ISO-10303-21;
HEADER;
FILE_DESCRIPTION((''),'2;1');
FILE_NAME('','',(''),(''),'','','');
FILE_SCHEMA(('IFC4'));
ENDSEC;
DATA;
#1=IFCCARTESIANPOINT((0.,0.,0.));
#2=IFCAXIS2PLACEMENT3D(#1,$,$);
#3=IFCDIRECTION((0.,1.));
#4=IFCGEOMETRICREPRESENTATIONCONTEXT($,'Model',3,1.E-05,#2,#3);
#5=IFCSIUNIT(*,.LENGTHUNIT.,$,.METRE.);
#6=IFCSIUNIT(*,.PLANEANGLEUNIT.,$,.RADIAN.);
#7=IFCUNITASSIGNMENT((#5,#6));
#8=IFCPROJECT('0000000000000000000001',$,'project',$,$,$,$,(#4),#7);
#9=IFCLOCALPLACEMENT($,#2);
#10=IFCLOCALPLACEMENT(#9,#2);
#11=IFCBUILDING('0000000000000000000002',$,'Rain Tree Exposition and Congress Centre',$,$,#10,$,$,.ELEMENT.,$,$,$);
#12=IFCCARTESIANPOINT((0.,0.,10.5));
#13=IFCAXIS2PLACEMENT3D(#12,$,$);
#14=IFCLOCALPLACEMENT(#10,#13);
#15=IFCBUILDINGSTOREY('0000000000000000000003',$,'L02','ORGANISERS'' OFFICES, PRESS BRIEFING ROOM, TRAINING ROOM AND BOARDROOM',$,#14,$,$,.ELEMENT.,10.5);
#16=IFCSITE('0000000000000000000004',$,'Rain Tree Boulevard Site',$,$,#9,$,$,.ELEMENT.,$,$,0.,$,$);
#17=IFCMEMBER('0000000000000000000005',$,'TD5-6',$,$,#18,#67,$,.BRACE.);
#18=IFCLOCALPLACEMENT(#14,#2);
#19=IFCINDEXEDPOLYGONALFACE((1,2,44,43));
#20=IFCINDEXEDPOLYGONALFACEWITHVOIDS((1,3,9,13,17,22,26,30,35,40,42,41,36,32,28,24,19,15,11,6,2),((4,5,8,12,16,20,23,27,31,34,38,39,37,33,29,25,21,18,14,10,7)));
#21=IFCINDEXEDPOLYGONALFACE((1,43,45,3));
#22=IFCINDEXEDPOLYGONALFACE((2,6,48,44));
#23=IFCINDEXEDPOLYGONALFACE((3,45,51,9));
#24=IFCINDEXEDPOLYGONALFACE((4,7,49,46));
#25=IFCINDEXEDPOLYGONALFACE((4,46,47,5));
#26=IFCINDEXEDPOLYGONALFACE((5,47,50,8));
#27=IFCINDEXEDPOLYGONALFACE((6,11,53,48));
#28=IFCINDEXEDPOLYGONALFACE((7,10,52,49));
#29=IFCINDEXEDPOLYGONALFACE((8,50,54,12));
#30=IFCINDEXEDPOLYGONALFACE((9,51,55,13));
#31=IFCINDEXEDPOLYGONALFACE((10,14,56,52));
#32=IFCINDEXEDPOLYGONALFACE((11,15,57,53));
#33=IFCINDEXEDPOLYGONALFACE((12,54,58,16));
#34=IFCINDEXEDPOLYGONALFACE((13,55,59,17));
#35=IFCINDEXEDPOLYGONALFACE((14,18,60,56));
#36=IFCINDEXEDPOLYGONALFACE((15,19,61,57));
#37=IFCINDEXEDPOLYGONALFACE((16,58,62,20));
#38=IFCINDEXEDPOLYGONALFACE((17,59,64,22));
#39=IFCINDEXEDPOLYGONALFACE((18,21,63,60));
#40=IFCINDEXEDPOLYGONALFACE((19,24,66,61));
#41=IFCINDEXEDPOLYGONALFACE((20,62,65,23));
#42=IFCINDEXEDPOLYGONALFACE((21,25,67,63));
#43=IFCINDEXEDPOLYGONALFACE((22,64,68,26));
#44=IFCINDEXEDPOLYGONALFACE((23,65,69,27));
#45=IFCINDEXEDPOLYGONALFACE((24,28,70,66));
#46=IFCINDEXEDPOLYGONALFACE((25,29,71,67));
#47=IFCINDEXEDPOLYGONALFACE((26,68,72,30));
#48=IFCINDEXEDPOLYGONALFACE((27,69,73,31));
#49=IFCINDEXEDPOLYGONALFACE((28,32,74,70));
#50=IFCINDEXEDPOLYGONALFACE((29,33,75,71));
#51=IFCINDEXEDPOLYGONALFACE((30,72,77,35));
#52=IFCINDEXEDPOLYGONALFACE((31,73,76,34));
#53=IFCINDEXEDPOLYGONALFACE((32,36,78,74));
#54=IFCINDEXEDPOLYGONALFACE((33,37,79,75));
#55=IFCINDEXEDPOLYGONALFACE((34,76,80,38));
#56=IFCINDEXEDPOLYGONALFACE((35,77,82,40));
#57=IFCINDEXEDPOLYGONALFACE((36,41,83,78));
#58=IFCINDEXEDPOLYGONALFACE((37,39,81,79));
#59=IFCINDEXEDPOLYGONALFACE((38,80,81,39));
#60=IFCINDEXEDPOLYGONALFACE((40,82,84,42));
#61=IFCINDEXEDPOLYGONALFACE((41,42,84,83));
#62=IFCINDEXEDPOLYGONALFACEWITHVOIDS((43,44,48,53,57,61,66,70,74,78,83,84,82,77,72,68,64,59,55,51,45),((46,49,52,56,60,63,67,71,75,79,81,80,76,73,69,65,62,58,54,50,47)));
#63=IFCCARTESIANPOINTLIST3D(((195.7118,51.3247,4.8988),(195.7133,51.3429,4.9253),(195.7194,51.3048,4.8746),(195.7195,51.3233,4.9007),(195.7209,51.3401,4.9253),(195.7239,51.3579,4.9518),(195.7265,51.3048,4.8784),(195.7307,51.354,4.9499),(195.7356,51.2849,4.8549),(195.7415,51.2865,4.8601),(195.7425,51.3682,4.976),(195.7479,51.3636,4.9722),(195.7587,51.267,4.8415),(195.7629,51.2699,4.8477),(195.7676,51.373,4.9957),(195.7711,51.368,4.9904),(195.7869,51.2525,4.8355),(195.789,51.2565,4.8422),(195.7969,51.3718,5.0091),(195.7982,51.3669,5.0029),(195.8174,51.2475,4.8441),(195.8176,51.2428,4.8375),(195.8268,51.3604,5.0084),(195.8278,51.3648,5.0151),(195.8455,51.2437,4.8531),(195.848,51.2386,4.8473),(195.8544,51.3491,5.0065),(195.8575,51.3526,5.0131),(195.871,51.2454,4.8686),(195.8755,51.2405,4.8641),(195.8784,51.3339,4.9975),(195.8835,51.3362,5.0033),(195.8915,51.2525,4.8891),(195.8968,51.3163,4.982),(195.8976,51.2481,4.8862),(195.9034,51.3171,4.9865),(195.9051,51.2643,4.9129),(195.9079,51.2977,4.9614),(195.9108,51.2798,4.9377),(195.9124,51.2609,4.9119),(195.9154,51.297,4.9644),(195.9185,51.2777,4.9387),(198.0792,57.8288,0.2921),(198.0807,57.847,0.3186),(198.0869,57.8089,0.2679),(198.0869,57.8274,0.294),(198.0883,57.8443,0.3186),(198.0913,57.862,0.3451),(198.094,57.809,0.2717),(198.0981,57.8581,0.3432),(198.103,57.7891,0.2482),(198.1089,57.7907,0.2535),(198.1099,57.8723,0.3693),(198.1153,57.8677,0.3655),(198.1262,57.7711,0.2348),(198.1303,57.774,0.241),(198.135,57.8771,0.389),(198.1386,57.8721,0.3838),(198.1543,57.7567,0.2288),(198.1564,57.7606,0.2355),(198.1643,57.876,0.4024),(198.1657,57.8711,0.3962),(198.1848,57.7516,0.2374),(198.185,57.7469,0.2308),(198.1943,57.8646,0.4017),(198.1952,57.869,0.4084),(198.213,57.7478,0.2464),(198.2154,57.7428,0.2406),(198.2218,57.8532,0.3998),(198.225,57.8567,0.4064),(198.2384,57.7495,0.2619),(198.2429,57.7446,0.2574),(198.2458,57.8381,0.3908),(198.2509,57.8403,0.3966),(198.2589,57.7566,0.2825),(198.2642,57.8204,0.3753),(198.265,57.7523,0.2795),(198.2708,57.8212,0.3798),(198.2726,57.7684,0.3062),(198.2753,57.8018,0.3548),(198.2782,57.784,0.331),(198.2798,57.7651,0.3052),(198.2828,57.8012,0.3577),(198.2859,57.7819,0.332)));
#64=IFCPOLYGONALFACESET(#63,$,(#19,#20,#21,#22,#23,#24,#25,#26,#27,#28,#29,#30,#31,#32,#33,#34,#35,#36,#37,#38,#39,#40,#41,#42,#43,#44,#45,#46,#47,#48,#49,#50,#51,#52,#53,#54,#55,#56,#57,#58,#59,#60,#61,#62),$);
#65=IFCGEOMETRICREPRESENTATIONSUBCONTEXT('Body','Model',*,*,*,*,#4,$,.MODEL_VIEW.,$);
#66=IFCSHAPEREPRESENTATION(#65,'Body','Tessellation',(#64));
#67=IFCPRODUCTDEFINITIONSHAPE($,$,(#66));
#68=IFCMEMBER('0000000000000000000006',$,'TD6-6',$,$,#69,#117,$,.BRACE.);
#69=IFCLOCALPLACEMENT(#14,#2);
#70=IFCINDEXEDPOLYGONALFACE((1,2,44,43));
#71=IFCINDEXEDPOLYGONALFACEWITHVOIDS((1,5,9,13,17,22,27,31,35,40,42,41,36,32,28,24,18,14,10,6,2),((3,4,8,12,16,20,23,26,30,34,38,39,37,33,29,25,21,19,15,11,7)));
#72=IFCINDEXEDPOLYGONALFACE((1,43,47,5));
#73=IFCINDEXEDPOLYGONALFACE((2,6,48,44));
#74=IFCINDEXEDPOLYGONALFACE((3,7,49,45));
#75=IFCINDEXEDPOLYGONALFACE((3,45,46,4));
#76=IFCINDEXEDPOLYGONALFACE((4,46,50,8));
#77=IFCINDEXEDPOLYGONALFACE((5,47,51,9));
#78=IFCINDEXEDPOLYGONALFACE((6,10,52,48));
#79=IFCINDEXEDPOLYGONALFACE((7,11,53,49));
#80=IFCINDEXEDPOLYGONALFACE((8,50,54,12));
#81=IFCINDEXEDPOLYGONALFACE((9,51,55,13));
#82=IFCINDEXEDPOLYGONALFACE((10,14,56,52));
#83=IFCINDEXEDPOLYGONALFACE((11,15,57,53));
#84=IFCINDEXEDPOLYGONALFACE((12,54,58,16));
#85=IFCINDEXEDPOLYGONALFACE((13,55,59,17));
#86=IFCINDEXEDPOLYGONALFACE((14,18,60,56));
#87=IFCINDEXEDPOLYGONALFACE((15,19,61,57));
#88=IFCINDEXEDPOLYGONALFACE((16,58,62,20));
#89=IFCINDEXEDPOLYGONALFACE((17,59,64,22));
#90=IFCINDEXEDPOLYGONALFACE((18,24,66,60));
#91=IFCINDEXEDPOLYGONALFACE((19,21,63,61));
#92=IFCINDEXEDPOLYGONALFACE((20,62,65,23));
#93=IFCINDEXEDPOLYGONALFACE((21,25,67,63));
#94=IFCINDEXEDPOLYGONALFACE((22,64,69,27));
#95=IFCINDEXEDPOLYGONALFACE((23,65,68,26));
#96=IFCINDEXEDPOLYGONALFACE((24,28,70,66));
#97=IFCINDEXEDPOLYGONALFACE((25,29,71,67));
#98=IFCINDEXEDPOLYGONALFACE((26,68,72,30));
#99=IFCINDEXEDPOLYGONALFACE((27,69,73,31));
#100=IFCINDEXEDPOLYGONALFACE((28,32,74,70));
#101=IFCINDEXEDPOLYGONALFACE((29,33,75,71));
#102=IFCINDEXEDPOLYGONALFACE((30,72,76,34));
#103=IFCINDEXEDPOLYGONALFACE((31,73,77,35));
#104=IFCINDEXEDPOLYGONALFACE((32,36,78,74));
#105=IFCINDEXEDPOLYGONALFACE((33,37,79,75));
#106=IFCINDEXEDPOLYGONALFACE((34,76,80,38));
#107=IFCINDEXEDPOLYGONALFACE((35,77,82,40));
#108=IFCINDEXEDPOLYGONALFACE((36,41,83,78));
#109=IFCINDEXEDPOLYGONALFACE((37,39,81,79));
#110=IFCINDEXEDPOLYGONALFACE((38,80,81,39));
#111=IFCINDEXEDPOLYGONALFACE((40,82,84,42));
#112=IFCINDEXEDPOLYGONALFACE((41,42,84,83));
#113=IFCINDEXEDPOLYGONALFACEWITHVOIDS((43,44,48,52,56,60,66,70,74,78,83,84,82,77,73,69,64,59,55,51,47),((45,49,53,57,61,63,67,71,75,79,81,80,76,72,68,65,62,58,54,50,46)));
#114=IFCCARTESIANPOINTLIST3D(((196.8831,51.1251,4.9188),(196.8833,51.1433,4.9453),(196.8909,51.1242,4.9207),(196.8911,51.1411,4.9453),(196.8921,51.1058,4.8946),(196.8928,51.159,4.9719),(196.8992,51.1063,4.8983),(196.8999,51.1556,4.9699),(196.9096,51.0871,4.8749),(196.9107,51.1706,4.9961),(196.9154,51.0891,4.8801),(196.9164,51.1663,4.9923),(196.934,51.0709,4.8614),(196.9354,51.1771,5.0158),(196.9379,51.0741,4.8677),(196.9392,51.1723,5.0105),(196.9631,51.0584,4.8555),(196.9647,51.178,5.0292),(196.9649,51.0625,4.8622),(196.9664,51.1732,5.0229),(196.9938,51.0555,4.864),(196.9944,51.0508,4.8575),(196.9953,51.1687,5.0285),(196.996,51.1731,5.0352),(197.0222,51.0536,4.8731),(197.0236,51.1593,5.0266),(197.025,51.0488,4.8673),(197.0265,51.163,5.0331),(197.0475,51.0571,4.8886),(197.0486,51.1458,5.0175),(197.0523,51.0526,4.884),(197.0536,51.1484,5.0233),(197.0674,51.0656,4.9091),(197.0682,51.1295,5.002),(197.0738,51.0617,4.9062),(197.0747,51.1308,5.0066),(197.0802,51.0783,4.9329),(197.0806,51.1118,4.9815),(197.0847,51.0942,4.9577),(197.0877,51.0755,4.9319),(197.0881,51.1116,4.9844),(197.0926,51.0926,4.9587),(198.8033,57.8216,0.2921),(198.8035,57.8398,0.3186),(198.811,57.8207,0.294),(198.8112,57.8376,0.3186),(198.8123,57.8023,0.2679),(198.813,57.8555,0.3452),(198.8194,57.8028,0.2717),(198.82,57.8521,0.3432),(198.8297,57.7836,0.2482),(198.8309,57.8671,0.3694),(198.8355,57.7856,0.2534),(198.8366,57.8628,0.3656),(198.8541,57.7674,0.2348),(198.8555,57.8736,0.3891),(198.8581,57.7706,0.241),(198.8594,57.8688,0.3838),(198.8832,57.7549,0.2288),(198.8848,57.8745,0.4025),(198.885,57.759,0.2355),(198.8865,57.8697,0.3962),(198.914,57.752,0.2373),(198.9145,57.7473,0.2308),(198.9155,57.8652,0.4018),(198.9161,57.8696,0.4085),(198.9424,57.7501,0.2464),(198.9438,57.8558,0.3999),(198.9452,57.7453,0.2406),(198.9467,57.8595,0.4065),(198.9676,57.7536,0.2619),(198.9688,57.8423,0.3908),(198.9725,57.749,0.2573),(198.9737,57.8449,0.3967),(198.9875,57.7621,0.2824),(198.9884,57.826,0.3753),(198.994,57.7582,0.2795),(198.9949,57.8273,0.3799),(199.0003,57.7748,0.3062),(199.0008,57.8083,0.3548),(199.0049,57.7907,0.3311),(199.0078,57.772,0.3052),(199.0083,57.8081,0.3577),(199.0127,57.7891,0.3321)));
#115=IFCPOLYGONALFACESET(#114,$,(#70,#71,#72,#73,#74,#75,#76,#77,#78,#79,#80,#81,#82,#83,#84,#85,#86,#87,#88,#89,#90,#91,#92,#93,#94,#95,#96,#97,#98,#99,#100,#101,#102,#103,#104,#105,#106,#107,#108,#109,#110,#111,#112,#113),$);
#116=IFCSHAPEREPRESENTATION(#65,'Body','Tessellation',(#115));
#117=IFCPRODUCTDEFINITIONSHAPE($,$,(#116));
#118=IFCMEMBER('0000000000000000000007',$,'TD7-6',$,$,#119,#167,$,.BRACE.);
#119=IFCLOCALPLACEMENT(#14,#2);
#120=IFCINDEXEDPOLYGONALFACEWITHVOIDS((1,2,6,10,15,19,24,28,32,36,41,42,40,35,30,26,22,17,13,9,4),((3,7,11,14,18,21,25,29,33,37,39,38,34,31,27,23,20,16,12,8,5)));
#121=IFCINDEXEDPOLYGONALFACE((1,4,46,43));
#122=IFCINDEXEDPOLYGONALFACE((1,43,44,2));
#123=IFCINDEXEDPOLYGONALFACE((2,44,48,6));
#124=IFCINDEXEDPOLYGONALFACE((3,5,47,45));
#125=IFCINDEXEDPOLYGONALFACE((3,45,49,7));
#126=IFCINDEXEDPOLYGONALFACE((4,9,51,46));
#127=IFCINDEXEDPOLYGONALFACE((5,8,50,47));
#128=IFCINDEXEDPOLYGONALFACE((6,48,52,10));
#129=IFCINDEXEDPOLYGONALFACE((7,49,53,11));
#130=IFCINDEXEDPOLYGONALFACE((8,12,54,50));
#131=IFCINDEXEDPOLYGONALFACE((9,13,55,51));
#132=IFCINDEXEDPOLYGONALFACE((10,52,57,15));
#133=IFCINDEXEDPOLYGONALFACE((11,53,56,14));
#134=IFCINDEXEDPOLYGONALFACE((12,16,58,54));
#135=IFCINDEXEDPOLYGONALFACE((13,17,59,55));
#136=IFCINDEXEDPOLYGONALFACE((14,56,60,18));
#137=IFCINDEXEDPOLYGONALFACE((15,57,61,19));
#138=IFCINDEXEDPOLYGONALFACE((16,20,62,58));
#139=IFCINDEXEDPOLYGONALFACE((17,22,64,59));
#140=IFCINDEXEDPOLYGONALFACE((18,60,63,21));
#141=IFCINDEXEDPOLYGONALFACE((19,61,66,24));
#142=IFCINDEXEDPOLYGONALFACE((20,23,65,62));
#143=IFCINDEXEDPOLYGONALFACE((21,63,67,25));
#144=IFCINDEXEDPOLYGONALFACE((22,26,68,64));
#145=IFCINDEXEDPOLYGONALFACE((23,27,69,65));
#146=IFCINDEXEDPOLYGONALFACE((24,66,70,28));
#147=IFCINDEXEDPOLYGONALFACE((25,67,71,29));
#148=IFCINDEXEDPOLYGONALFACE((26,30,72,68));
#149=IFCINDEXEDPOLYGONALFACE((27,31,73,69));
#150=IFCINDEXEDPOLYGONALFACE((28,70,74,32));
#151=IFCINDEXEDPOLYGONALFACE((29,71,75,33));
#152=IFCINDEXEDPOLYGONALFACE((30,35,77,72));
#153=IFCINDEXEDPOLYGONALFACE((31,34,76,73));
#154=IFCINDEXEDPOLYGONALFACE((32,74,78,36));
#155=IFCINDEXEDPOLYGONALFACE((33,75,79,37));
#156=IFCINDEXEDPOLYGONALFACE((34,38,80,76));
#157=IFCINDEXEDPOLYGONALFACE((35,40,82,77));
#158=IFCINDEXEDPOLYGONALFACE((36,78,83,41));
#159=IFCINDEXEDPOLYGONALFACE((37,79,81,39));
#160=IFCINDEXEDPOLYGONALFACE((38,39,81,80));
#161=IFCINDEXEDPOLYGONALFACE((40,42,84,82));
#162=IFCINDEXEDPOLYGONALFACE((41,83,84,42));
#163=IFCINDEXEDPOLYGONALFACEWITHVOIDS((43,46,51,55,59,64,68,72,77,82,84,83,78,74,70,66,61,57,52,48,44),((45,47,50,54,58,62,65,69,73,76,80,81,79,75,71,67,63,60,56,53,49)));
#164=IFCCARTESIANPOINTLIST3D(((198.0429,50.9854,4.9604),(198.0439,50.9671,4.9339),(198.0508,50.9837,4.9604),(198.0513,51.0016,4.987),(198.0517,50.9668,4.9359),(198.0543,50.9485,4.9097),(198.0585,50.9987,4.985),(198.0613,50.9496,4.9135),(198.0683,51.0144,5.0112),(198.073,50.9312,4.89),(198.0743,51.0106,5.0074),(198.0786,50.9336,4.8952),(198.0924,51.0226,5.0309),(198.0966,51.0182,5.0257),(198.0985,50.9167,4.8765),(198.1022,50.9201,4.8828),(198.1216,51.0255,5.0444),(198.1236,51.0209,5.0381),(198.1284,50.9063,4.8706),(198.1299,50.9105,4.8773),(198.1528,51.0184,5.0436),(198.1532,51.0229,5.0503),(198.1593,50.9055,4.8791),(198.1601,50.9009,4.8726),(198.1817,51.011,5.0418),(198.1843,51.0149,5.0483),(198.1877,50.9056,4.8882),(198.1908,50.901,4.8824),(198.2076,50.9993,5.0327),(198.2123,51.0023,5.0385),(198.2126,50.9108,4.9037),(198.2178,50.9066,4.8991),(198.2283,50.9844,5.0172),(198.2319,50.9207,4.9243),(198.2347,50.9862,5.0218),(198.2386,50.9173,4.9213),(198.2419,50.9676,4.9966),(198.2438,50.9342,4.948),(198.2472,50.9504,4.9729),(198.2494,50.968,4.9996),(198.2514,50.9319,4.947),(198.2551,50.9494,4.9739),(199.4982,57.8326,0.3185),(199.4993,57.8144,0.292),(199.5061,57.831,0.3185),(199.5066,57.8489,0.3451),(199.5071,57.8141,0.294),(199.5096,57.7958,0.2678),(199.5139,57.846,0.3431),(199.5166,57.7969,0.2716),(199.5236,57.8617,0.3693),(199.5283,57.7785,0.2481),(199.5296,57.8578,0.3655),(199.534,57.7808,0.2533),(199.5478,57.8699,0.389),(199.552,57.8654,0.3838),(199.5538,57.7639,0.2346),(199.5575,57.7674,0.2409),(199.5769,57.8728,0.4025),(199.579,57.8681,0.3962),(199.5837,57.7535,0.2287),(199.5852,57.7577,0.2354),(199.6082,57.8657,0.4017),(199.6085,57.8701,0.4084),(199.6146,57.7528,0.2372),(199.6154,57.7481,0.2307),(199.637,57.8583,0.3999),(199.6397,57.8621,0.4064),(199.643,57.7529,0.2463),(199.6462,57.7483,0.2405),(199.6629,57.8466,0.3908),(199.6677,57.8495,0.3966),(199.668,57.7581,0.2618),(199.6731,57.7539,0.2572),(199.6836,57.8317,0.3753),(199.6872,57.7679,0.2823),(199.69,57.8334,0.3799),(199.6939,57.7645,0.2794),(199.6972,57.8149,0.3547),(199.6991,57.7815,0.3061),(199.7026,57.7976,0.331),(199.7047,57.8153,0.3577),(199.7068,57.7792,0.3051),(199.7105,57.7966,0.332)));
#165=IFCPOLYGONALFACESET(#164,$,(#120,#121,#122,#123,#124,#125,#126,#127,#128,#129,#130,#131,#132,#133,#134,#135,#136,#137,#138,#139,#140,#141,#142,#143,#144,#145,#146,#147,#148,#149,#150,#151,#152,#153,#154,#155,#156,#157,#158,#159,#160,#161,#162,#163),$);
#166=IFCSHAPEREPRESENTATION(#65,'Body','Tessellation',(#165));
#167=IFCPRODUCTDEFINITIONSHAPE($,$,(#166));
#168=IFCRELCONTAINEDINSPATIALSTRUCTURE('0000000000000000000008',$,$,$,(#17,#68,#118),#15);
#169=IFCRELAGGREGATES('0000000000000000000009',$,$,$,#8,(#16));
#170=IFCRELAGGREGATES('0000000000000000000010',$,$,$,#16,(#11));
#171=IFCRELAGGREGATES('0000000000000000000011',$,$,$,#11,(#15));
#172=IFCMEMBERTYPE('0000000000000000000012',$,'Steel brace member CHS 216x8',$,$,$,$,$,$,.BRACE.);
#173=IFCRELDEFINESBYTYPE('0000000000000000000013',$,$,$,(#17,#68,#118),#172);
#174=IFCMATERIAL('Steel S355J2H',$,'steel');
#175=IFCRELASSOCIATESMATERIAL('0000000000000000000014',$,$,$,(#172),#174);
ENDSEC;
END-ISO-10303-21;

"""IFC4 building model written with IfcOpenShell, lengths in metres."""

from ifc_helpers import new_model, si_unit, direction, frame, origin, origin_2d, place, context, subcontext, project, spatial, hollow_circle, extrude, material, material_profile, profile_set, type_object, element, save


model = new_model("IFC4")

# Units and contexts
model_context = context("Model", 3, precision=1e-05, world=origin(), true_north=direction((0.0, 1.0)))
body_context = subcontext(model_context, "Body", "Model", "MODEL_VIEW")
ifc_project = project(units=[si_unit("LENGTHUNIT", "METRE"), si_unit("PLANEANGLEUNIT", "RADIAN")], contexts=[model_context])

# Site, building, storey
site_placement = place(None, origin())
site = spatial("IfcSite", under=ifc_project, at=site_placement, Name="Rain Tree Boulevard Site", CompositionType="ELEMENT", RefElevation=0.0)
building_placement = place(site_placement, origin())
building = spatial("IfcBuilding", under=site, at=building_placement, Name="Rain Tree Exposition and Congress Centre", CompositionType="ELEMENT")
storey_placement = place(building_placement, frame((0.0, 0.0, 10.5)))
storey = spatial("IfcBuildingStorey", under=building, at=storey_placement, Name="L02", Description="ORGANISERS' OFFICES, PRESS BRIEFING ROOM, TRAINING ROOM AND BOARDROOM", CompositionType="ELEMENT", Elevation=10.5)

# Members
ifc_material_1 = material(Name="Steel S355J2H", Category="steel")
ifc_material_profile_1 = material_profile(ifc_material_1, hollow_circle(Radius=0.1082, WallThickness=0.0081, at=origin_2d()), Name="CHS 216x8")
ifc_profile_set_1 = profile_set([ifc_material_profile_1], Name="Steel S355J2H")
member_type_1 = type_object("IfcMemberType", Name="Steel brace member CHS 216x8", PredefinedType="BRACE", material=ifc_profile_set_1)
member_1_placement = place(storey_placement, frame((195.8149, 51.3059, 4.9253), z_axis=(0.284737, 0.782269, -0.554057), x_axis=(-0.939687, 0.342035, 0.0)))
element("IfcMember", 1, at=member_1_placement, inside=storey, type_object=member_type_1, Name="TD5-6", PredefinedType="BRACE", context=body_context, shape_type="SweptSolid", body=[
    extrude(hollow_circle(Radius=0.1082, WallThickness=0.0081, at=origin_2d()), origin(), (0.0, 0.0, 1.0), 8.3145),
])
member_2_placement = place(storey_placement, frame((196.9873, 51.1135, 4.9453), z_axis=(0.229607, 0.800749, -0.553246), x_axis=(-0.961263, 0.275633, 0.0)))
element("IfcMember", 2, at=member_2_placement, inside=storey, type_object=member_type_1, Name="TD6-6", PredefinedType="BRACE", context=body_context, shape_type="SweptSolid", body=[
    extrude(hollow_circle(Radius=0.1082, WallThickness=0.0081, at=origin_2d()), origin(), (0.0, 0.0, 1.0), 8.3628),
])
member_3_placement = place(storey_placement, frame((198.1487, 50.9629, 4.9604), z_axis=(0.173267, 0.815206, -0.552646), x_axis=(-0.97815, 0.2079, 0.0)))
element("IfcMember", 3, at=member_3_placement, inside=storey, type_object=member_type_1, Name="TD7-6", PredefinedType="BRACE", context=body_context, shape_type="SweptSolid", body=[
    extrude(hollow_circle(Radius=0.1082, WallThickness=0.0081, at=origin_2d()), origin(), (0.0, 0.0, 1.0), 8.3994),
])

save(model, "model.ifc")
